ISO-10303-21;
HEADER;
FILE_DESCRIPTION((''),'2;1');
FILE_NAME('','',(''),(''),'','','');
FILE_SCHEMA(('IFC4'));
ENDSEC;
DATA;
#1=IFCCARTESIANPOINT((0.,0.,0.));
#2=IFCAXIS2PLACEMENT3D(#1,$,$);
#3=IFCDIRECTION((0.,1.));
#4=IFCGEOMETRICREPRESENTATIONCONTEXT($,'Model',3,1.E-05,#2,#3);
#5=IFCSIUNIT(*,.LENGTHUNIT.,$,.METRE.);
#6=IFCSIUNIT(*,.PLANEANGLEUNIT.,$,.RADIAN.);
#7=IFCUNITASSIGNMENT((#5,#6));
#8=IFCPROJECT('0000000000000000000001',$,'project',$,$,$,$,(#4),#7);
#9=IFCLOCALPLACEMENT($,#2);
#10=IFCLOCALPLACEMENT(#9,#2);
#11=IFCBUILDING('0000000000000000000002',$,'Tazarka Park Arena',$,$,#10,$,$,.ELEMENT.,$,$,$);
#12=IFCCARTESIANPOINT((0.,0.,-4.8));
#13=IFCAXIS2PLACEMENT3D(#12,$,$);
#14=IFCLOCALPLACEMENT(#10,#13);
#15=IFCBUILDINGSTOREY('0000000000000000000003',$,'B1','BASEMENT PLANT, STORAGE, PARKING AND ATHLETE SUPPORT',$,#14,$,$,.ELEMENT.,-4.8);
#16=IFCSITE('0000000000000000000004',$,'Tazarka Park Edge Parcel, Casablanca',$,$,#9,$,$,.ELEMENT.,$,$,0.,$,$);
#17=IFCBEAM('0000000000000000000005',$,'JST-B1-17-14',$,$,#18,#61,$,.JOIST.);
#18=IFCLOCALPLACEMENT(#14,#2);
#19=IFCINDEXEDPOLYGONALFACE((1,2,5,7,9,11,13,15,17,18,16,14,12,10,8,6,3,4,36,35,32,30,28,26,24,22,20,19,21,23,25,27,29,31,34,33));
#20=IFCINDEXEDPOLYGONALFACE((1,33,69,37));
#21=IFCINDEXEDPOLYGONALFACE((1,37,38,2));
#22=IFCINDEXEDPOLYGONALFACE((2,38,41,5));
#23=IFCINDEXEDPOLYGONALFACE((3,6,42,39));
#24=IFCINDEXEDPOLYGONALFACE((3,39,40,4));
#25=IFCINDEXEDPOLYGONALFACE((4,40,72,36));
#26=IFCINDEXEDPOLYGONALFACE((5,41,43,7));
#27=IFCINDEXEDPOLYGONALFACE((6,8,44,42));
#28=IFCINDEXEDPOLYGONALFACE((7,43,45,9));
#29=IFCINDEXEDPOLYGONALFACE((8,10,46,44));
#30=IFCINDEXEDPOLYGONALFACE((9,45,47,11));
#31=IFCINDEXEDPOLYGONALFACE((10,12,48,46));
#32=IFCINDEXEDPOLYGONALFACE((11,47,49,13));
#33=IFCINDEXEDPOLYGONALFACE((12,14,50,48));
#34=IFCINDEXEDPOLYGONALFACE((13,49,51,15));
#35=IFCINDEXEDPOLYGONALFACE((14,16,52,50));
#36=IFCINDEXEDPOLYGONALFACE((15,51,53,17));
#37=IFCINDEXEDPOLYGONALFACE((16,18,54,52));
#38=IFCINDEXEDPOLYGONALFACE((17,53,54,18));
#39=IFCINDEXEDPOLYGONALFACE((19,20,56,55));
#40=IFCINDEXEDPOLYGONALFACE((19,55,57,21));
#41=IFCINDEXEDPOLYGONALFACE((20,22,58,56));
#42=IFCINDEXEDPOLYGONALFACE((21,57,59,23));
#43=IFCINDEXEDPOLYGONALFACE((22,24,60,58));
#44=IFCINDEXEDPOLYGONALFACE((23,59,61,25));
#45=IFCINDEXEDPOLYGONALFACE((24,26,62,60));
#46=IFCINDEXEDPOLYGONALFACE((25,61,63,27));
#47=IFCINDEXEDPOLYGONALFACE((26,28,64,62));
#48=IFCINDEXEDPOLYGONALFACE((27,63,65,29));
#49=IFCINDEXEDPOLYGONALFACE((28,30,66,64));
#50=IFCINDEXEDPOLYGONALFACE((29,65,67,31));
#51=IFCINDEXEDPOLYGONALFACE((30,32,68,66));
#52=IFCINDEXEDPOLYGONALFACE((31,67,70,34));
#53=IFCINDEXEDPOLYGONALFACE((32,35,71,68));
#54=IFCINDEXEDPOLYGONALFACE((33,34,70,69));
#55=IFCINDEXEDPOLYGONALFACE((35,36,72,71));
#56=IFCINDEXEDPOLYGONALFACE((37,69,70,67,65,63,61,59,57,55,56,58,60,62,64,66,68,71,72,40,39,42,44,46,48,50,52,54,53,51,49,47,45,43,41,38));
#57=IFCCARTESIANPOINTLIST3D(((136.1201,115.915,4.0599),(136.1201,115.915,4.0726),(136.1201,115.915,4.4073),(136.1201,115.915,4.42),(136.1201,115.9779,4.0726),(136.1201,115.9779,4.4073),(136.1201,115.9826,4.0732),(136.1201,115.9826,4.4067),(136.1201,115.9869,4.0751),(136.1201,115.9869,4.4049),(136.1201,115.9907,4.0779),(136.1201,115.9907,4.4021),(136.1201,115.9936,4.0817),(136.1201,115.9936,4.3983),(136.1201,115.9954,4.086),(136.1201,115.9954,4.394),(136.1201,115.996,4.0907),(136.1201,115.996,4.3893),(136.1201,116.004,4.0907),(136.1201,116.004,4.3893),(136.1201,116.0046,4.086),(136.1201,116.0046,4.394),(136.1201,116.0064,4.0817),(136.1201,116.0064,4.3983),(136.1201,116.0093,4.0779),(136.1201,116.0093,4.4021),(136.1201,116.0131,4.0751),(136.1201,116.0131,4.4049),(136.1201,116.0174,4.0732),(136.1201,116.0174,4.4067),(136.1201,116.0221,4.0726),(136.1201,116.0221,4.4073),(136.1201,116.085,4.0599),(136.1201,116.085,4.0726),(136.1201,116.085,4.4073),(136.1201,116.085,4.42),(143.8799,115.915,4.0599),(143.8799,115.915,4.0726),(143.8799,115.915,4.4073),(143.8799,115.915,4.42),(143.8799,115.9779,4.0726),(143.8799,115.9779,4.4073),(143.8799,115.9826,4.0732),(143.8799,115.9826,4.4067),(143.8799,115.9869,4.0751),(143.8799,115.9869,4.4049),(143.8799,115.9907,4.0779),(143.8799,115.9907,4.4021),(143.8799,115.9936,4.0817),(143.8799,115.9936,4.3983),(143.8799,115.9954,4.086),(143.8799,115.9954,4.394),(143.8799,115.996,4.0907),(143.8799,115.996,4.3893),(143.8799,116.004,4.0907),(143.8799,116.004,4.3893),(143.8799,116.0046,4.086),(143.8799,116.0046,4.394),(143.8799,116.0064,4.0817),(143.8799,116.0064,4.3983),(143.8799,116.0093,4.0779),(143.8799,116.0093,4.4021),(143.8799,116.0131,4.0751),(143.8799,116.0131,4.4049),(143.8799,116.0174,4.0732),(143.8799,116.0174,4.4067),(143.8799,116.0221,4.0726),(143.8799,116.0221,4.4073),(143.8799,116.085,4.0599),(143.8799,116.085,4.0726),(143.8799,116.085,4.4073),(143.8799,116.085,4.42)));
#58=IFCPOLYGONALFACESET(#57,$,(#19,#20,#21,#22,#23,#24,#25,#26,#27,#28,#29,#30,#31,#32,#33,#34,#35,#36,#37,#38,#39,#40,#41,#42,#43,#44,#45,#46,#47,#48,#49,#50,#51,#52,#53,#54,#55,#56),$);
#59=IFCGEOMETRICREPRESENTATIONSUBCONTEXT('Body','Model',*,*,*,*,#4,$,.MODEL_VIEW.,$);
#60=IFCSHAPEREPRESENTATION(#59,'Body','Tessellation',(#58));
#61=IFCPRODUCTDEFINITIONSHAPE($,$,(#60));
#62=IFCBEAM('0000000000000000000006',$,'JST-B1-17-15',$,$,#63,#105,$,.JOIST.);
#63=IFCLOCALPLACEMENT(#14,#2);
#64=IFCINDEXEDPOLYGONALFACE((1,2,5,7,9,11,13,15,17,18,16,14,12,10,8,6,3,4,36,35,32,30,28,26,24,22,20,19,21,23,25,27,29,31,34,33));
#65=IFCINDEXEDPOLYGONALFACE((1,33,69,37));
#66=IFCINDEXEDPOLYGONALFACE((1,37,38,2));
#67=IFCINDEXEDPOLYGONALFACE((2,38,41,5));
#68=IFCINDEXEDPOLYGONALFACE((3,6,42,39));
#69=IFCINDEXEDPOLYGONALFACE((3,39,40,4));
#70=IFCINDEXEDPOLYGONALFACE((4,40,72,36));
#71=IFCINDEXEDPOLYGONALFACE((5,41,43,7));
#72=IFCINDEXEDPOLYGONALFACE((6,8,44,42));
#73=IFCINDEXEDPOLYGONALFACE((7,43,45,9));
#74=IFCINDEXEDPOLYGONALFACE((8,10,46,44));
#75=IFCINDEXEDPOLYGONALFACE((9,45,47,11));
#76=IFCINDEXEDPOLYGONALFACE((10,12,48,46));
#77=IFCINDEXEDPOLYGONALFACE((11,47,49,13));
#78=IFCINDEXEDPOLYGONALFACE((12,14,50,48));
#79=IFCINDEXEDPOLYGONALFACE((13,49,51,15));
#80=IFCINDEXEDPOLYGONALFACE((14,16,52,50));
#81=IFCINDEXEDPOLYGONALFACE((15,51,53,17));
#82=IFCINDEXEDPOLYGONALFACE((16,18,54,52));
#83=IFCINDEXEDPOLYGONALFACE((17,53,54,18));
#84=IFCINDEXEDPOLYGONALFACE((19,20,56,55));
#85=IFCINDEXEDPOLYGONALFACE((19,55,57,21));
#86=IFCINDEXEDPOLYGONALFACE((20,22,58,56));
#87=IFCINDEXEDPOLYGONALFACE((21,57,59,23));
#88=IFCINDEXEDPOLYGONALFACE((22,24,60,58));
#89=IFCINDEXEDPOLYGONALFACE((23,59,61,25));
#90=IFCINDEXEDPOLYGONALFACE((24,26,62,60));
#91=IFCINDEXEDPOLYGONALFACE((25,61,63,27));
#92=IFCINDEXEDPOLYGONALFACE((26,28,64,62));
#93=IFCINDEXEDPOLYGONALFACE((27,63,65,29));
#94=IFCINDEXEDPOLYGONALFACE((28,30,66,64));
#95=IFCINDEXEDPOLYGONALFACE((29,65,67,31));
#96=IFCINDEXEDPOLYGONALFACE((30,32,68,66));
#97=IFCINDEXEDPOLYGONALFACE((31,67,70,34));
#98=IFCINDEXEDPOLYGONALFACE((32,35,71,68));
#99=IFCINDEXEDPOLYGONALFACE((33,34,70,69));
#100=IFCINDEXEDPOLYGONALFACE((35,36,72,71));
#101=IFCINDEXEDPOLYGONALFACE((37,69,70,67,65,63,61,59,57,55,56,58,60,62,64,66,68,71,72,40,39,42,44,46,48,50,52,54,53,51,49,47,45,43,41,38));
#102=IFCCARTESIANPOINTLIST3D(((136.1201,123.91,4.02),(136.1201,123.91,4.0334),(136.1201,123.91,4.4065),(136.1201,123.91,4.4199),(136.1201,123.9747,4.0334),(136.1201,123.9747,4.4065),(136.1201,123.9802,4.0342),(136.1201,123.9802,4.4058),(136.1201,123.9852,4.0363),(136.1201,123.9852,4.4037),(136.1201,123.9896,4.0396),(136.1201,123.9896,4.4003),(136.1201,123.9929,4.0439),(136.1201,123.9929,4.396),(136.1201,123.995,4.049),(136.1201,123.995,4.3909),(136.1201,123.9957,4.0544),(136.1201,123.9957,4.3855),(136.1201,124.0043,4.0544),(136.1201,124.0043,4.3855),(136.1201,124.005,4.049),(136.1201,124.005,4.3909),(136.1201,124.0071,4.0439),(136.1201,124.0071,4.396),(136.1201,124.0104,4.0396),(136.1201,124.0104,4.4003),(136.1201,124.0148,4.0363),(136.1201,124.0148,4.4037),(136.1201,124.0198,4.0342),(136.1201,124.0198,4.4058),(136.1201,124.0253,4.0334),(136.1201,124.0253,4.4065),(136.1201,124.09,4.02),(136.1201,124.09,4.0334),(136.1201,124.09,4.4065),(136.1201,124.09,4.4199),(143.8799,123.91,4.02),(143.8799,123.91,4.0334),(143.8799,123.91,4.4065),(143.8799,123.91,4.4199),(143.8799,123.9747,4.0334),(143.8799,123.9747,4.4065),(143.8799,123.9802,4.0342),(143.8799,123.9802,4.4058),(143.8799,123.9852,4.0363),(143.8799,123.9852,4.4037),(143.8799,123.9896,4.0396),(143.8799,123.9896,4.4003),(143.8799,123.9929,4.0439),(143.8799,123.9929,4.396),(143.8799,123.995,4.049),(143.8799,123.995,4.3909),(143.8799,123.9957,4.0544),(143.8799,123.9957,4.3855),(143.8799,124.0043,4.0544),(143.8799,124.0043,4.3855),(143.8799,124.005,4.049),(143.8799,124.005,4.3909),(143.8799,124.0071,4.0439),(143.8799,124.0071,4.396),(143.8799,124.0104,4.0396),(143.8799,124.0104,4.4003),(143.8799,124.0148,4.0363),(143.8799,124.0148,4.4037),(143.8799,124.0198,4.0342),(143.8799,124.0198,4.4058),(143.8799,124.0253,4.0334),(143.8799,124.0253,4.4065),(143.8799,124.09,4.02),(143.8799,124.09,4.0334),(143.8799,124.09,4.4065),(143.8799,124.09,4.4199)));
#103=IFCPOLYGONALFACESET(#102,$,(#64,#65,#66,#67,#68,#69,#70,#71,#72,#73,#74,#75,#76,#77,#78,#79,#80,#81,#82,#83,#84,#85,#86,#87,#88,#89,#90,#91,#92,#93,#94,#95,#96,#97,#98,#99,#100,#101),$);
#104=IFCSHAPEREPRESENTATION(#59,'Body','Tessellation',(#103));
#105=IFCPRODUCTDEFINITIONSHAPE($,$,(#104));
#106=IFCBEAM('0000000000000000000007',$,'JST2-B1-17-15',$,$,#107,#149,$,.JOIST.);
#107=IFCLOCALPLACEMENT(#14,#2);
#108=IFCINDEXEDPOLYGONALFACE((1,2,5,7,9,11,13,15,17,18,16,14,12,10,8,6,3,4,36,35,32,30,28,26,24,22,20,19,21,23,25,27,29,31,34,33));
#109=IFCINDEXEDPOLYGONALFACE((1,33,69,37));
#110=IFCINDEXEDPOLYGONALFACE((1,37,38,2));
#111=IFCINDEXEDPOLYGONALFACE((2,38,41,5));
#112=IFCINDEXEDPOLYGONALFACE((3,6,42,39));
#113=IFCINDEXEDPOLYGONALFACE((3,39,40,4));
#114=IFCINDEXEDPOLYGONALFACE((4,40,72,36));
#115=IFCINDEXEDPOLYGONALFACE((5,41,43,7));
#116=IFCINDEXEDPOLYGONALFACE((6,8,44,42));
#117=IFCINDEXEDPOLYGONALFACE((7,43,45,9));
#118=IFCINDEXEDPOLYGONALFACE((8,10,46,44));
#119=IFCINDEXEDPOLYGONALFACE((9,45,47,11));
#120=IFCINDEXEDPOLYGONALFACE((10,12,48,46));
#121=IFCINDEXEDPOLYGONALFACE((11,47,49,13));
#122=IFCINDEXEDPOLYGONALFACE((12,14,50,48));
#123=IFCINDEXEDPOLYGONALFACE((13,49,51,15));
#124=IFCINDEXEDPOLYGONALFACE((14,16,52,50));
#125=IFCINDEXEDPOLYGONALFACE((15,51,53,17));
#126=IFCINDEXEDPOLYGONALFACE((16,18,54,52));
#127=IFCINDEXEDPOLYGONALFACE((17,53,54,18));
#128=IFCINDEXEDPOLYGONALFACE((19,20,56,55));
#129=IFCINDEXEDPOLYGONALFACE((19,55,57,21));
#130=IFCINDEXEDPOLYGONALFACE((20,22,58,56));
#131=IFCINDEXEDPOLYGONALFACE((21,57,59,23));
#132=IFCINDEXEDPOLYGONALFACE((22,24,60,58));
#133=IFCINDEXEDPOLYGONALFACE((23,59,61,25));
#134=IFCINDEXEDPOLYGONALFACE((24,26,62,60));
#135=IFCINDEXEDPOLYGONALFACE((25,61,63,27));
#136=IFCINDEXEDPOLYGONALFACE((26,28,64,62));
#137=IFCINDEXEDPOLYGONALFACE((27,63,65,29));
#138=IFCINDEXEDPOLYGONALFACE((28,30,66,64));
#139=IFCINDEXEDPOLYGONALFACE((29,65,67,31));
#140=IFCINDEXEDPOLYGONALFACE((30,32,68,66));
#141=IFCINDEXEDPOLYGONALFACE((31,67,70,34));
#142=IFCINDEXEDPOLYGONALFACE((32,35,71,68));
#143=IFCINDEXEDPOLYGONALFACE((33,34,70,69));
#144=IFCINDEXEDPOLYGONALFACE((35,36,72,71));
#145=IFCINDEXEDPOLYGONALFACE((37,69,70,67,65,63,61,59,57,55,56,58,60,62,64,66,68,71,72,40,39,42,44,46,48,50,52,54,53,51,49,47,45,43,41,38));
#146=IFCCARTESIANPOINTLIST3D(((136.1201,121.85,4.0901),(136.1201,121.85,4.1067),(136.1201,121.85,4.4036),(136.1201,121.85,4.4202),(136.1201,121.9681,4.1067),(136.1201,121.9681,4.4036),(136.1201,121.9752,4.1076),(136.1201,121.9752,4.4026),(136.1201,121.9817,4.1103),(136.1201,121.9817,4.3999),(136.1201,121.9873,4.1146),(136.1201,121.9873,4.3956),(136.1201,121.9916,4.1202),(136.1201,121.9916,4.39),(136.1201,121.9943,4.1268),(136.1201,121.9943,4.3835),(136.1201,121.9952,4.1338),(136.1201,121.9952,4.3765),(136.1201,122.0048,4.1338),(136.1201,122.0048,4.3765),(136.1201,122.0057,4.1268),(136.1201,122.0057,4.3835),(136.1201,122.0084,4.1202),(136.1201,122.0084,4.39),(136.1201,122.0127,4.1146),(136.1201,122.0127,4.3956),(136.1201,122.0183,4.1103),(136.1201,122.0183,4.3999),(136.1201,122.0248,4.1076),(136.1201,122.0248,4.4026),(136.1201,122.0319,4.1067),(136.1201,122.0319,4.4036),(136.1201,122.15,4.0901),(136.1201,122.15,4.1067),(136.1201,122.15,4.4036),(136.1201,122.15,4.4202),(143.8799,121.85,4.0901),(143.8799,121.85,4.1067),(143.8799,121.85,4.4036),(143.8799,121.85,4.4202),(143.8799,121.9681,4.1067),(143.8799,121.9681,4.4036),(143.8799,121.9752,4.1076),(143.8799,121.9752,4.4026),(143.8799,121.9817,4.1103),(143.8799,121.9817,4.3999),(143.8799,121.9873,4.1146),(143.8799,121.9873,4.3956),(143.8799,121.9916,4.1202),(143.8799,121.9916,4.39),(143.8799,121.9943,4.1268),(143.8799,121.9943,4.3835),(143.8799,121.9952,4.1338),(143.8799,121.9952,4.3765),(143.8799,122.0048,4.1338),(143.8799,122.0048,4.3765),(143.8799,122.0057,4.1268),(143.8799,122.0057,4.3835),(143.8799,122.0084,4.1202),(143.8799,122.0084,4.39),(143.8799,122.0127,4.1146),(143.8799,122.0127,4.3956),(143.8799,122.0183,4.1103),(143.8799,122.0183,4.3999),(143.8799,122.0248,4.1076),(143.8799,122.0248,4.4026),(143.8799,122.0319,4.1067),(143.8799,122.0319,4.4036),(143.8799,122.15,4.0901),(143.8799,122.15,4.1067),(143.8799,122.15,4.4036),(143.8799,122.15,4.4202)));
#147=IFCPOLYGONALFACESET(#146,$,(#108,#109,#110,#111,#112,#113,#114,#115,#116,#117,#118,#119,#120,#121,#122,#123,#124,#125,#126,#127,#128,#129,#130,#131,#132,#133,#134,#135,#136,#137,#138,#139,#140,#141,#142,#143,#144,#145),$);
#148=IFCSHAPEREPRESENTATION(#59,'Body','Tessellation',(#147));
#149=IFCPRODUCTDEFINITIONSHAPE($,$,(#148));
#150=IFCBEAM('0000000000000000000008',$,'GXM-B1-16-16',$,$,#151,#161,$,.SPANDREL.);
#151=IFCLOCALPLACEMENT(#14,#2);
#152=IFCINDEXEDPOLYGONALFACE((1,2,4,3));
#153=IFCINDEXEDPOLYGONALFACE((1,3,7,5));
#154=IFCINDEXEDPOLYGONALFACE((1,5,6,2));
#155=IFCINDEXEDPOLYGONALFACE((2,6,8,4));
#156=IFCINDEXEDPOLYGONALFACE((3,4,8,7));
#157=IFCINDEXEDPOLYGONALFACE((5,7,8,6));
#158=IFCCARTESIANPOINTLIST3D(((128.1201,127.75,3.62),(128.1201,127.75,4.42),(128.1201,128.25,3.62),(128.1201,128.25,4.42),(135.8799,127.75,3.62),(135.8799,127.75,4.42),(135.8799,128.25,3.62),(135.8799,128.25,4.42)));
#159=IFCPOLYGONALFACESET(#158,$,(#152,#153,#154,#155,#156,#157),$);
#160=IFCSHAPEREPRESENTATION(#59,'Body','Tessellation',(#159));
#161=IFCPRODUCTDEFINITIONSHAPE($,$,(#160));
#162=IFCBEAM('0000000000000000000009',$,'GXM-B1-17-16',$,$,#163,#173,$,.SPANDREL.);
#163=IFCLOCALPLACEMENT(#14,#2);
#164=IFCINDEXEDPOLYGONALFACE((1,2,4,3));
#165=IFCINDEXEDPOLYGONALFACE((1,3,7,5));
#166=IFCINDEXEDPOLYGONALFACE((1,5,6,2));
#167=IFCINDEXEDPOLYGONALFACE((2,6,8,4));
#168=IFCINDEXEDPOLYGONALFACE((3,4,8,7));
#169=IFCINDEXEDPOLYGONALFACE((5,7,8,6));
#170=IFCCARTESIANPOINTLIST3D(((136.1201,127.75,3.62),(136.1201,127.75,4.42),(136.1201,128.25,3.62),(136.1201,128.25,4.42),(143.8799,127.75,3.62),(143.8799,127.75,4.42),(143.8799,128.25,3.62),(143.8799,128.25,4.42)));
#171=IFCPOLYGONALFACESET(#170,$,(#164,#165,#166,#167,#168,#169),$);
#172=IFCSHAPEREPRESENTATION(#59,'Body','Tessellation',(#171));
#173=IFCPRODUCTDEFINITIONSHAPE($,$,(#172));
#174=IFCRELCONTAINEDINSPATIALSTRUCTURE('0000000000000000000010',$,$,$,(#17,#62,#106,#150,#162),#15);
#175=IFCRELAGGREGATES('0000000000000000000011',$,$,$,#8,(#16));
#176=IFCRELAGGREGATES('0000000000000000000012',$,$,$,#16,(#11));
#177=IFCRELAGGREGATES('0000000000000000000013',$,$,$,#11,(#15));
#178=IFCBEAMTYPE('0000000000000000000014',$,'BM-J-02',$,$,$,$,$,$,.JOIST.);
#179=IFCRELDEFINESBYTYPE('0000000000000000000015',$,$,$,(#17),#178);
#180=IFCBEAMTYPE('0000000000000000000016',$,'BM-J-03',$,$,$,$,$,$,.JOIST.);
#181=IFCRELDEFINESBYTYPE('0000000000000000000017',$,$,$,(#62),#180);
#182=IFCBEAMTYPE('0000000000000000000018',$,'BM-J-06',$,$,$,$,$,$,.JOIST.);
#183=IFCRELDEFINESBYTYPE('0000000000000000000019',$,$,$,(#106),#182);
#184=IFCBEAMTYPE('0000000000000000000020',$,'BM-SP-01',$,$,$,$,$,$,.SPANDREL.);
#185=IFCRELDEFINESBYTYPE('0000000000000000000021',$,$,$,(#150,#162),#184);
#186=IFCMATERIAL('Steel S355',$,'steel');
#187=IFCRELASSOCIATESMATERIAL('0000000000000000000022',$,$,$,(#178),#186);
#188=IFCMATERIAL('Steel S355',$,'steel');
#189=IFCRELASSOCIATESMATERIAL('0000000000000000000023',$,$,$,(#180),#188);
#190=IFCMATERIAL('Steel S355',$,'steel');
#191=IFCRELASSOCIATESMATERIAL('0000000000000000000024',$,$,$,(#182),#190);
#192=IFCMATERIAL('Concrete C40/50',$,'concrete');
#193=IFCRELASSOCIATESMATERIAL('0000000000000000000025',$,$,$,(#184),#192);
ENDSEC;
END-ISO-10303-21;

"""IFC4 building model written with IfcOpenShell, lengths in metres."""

from ifc_helpers import new_model, si_unit, direction, frame, origin, origin_2d, place, context, subcontext, project, spatial, rectangle, i_section, extrude, material, material_profile, profile_set, type_object, element, save


model = new_model("IFC4")

# Units and contexts
model_context = context("Model", 3, precision=1e-05, world=origin(), true_north=direction((0.0, 1.0)))
body_context = subcontext(model_context, "Body", "Model", "MODEL_VIEW")
ifc_project = project(units=[si_unit("LENGTHUNIT", "METRE"), si_unit("PLANEANGLEUNIT", "RADIAN")], contexts=[model_context])

# Site, building, storey
site_placement = place(None, origin())
site = spatial("IfcSite", under=ifc_project, at=site_placement, Name="Tazarka Park Edge Parcel, Casablanca", CompositionType="ELEMENT", RefElevation=0.0)
building_placement = place(site_placement, origin())
building = spatial("IfcBuilding", under=site, at=building_placement, Name="Tazarka Park Arena", CompositionType="ELEMENT")
storey_placement = place(building_placement, frame((0.0, 0.0, -4.8)))
storey = spatial("IfcBuildingStorey", under=building, at=storey_placement, Name="B1", Description="BASEMENT PLANT, STORAGE, PARKING AND ATHLETE SUPPORT", CompositionType="ELEMENT", Elevation=-4.8)

# Beams
ifc_material_1 = material(Name="Steel S355", Category="steel")
ifc_material_profile_1 = material_profile(ifc_material_1, i_section(OverallWidth=0.1699, OverallDepth=0.3601, WebThickness=0.0081, FlangeThickness=0.0127, FilletRadius=0.0181, at=origin_2d()), Name="Steel S355")
ifc_profile_set_1 = profile_set([ifc_material_profile_1], Name="Steel S355")
beam_type_1 = type_object("IfcBeamType", Name="BM-J-02", PredefinedType="JOIST", material=ifc_profile_set_1)
for number, where, z_axis, x_axis, name in (
    (1, (136.1201, 116.0, 4.24), (1.0, 0.0, 0.0), (0.0, 1.0, 0.0), "JST-B1-17-14"),
):
    element("IfcBeam", number, at=place(storey_placement, frame(where, z_axis=z_axis, x_axis=x_axis)), inside=storey, type_object=beam_type_1, Name=name, PredefinedType="JOIST", context=body_context, shape_type="SweptSolid", body=[
        extrude(i_section(OverallWidth=0.1699, OverallDepth=0.3601, WebThickness=0.0081, FlangeThickness=0.0127, FilletRadius=0.0181, at=origin_2d()), origin(), (0.0, 0.0, 1.0), 7.7598),
    ])
ifc_material_2 = material(Name="Steel S355", Category="steel")
ifc_material_profile_2 = material_profile(ifc_material_2, i_section(OverallWidth=0.1799, OverallDepth=0.3999, WebThickness=0.0085, FlangeThickness=0.0134, FilletRadius=0.021, at=origin_2d()), Name="Steel S355")
ifc_profile_set_2 = profile_set([ifc_material_profile_2], Name="Steel S355")
beam_type_2 = type_object("IfcBeamType", Name="BM-J-03", PredefinedType="JOIST", material=ifc_profile_set_2)
beam_1_placement = place(storey_placement, frame((136.1201, 124.0, 4.22), z_axis=(1.0, 0.0, 0.0), x_axis=(0.0, 1.0, 0.0)))
element("IfcBeam", 2, at=beam_1_placement, inside=storey, type_object=beam_type_2, Name="JST-B1-17-15", PredefinedType="JOIST", context=body_context, shape_type="SweptSolid", body=[
    extrude(i_section(OverallWidth=0.1799, OverallDepth=0.3999, WebThickness=0.0085, FlangeThickness=0.0134, FilletRadius=0.021, at=origin_2d()), origin(), (0.0, 0.0, 1.0), 7.7598),
])
ifc_material_3 = material(Name="Steel S355", Category="steel")
ifc_material_profile_3 = material_profile(ifc_material_3, i_section(OverallWidth=0.3, OverallDepth=0.3301, WebThickness=0.0095, FlangeThickness=0.0166, FilletRadius=0.0271, at=origin_2d()), Name="Steel S355")
ifc_profile_set_3 = profile_set([ifc_material_profile_3], Name="Steel S355")
beam_type_3 = type_object("IfcBeamType", Name="BM-J-06", PredefinedType="JOIST", material=ifc_profile_set_3)
beam_2_placement = place(storey_placement, frame((136.1201, 122.0, 4.2551), z_axis=(1.0, 0.0, 0.0), x_axis=(0.0, 1.0, 0.0)))
element("IfcBeam", 3, at=beam_2_placement, inside=storey, type_object=beam_type_3, Name="JST2-B1-17-15", PredefinedType="JOIST", context=body_context, shape_type="SweptSolid", body=[
    extrude(i_section(OverallWidth=0.3, OverallDepth=0.3301, WebThickness=0.0095, FlangeThickness=0.0166, FilletRadius=0.0271, at=origin_2d()), origin(), (0.0, 0.0, 1.0), 7.7598),
])
ifc_material_4 = material(Name="Concrete C40/50", Category="concrete")
ifc_material_profile_4 = material_profile(ifc_material_4, rectangle(XDim=0.5, YDim=0.8, at=origin_2d()), Name="Concrete C40/50")
ifc_profile_set_4 = profile_set([ifc_material_profile_4], Name="Concrete C40/50")
beam_type_4 = type_object("IfcBeamType", Name="BM-SP-01", PredefinedType="SPANDREL", material=ifc_profile_set_4)
for number, where, z_axis, x_axis, name in (
    (4, (128.1201, 128.0, 4.02), (1.0, 0.0, 0.0), (0.0, 1.0, 0.0), "GXM-B1-16-16"),
    (5, (136.1201, 128.0, 4.02), (1.0, 0.0, 0.0), (0.0, 1.0, 0.0), "GXM-B1-17-16"),
):
    element("IfcBeam", number, at=place(storey_placement, frame(where, z_axis=z_axis, x_axis=x_axis)), inside=storey, type_object=beam_type_4, Name=name, PredefinedType="SPANDREL", context=body_context, shape_type="SweptSolid", body=[
        extrude(rectangle(XDim=0.5, YDim=0.8, at=origin_2d()), origin(), (0.0, 0.0, 1.0), 7.7598),
    ])

save(model, "model.ifc")
